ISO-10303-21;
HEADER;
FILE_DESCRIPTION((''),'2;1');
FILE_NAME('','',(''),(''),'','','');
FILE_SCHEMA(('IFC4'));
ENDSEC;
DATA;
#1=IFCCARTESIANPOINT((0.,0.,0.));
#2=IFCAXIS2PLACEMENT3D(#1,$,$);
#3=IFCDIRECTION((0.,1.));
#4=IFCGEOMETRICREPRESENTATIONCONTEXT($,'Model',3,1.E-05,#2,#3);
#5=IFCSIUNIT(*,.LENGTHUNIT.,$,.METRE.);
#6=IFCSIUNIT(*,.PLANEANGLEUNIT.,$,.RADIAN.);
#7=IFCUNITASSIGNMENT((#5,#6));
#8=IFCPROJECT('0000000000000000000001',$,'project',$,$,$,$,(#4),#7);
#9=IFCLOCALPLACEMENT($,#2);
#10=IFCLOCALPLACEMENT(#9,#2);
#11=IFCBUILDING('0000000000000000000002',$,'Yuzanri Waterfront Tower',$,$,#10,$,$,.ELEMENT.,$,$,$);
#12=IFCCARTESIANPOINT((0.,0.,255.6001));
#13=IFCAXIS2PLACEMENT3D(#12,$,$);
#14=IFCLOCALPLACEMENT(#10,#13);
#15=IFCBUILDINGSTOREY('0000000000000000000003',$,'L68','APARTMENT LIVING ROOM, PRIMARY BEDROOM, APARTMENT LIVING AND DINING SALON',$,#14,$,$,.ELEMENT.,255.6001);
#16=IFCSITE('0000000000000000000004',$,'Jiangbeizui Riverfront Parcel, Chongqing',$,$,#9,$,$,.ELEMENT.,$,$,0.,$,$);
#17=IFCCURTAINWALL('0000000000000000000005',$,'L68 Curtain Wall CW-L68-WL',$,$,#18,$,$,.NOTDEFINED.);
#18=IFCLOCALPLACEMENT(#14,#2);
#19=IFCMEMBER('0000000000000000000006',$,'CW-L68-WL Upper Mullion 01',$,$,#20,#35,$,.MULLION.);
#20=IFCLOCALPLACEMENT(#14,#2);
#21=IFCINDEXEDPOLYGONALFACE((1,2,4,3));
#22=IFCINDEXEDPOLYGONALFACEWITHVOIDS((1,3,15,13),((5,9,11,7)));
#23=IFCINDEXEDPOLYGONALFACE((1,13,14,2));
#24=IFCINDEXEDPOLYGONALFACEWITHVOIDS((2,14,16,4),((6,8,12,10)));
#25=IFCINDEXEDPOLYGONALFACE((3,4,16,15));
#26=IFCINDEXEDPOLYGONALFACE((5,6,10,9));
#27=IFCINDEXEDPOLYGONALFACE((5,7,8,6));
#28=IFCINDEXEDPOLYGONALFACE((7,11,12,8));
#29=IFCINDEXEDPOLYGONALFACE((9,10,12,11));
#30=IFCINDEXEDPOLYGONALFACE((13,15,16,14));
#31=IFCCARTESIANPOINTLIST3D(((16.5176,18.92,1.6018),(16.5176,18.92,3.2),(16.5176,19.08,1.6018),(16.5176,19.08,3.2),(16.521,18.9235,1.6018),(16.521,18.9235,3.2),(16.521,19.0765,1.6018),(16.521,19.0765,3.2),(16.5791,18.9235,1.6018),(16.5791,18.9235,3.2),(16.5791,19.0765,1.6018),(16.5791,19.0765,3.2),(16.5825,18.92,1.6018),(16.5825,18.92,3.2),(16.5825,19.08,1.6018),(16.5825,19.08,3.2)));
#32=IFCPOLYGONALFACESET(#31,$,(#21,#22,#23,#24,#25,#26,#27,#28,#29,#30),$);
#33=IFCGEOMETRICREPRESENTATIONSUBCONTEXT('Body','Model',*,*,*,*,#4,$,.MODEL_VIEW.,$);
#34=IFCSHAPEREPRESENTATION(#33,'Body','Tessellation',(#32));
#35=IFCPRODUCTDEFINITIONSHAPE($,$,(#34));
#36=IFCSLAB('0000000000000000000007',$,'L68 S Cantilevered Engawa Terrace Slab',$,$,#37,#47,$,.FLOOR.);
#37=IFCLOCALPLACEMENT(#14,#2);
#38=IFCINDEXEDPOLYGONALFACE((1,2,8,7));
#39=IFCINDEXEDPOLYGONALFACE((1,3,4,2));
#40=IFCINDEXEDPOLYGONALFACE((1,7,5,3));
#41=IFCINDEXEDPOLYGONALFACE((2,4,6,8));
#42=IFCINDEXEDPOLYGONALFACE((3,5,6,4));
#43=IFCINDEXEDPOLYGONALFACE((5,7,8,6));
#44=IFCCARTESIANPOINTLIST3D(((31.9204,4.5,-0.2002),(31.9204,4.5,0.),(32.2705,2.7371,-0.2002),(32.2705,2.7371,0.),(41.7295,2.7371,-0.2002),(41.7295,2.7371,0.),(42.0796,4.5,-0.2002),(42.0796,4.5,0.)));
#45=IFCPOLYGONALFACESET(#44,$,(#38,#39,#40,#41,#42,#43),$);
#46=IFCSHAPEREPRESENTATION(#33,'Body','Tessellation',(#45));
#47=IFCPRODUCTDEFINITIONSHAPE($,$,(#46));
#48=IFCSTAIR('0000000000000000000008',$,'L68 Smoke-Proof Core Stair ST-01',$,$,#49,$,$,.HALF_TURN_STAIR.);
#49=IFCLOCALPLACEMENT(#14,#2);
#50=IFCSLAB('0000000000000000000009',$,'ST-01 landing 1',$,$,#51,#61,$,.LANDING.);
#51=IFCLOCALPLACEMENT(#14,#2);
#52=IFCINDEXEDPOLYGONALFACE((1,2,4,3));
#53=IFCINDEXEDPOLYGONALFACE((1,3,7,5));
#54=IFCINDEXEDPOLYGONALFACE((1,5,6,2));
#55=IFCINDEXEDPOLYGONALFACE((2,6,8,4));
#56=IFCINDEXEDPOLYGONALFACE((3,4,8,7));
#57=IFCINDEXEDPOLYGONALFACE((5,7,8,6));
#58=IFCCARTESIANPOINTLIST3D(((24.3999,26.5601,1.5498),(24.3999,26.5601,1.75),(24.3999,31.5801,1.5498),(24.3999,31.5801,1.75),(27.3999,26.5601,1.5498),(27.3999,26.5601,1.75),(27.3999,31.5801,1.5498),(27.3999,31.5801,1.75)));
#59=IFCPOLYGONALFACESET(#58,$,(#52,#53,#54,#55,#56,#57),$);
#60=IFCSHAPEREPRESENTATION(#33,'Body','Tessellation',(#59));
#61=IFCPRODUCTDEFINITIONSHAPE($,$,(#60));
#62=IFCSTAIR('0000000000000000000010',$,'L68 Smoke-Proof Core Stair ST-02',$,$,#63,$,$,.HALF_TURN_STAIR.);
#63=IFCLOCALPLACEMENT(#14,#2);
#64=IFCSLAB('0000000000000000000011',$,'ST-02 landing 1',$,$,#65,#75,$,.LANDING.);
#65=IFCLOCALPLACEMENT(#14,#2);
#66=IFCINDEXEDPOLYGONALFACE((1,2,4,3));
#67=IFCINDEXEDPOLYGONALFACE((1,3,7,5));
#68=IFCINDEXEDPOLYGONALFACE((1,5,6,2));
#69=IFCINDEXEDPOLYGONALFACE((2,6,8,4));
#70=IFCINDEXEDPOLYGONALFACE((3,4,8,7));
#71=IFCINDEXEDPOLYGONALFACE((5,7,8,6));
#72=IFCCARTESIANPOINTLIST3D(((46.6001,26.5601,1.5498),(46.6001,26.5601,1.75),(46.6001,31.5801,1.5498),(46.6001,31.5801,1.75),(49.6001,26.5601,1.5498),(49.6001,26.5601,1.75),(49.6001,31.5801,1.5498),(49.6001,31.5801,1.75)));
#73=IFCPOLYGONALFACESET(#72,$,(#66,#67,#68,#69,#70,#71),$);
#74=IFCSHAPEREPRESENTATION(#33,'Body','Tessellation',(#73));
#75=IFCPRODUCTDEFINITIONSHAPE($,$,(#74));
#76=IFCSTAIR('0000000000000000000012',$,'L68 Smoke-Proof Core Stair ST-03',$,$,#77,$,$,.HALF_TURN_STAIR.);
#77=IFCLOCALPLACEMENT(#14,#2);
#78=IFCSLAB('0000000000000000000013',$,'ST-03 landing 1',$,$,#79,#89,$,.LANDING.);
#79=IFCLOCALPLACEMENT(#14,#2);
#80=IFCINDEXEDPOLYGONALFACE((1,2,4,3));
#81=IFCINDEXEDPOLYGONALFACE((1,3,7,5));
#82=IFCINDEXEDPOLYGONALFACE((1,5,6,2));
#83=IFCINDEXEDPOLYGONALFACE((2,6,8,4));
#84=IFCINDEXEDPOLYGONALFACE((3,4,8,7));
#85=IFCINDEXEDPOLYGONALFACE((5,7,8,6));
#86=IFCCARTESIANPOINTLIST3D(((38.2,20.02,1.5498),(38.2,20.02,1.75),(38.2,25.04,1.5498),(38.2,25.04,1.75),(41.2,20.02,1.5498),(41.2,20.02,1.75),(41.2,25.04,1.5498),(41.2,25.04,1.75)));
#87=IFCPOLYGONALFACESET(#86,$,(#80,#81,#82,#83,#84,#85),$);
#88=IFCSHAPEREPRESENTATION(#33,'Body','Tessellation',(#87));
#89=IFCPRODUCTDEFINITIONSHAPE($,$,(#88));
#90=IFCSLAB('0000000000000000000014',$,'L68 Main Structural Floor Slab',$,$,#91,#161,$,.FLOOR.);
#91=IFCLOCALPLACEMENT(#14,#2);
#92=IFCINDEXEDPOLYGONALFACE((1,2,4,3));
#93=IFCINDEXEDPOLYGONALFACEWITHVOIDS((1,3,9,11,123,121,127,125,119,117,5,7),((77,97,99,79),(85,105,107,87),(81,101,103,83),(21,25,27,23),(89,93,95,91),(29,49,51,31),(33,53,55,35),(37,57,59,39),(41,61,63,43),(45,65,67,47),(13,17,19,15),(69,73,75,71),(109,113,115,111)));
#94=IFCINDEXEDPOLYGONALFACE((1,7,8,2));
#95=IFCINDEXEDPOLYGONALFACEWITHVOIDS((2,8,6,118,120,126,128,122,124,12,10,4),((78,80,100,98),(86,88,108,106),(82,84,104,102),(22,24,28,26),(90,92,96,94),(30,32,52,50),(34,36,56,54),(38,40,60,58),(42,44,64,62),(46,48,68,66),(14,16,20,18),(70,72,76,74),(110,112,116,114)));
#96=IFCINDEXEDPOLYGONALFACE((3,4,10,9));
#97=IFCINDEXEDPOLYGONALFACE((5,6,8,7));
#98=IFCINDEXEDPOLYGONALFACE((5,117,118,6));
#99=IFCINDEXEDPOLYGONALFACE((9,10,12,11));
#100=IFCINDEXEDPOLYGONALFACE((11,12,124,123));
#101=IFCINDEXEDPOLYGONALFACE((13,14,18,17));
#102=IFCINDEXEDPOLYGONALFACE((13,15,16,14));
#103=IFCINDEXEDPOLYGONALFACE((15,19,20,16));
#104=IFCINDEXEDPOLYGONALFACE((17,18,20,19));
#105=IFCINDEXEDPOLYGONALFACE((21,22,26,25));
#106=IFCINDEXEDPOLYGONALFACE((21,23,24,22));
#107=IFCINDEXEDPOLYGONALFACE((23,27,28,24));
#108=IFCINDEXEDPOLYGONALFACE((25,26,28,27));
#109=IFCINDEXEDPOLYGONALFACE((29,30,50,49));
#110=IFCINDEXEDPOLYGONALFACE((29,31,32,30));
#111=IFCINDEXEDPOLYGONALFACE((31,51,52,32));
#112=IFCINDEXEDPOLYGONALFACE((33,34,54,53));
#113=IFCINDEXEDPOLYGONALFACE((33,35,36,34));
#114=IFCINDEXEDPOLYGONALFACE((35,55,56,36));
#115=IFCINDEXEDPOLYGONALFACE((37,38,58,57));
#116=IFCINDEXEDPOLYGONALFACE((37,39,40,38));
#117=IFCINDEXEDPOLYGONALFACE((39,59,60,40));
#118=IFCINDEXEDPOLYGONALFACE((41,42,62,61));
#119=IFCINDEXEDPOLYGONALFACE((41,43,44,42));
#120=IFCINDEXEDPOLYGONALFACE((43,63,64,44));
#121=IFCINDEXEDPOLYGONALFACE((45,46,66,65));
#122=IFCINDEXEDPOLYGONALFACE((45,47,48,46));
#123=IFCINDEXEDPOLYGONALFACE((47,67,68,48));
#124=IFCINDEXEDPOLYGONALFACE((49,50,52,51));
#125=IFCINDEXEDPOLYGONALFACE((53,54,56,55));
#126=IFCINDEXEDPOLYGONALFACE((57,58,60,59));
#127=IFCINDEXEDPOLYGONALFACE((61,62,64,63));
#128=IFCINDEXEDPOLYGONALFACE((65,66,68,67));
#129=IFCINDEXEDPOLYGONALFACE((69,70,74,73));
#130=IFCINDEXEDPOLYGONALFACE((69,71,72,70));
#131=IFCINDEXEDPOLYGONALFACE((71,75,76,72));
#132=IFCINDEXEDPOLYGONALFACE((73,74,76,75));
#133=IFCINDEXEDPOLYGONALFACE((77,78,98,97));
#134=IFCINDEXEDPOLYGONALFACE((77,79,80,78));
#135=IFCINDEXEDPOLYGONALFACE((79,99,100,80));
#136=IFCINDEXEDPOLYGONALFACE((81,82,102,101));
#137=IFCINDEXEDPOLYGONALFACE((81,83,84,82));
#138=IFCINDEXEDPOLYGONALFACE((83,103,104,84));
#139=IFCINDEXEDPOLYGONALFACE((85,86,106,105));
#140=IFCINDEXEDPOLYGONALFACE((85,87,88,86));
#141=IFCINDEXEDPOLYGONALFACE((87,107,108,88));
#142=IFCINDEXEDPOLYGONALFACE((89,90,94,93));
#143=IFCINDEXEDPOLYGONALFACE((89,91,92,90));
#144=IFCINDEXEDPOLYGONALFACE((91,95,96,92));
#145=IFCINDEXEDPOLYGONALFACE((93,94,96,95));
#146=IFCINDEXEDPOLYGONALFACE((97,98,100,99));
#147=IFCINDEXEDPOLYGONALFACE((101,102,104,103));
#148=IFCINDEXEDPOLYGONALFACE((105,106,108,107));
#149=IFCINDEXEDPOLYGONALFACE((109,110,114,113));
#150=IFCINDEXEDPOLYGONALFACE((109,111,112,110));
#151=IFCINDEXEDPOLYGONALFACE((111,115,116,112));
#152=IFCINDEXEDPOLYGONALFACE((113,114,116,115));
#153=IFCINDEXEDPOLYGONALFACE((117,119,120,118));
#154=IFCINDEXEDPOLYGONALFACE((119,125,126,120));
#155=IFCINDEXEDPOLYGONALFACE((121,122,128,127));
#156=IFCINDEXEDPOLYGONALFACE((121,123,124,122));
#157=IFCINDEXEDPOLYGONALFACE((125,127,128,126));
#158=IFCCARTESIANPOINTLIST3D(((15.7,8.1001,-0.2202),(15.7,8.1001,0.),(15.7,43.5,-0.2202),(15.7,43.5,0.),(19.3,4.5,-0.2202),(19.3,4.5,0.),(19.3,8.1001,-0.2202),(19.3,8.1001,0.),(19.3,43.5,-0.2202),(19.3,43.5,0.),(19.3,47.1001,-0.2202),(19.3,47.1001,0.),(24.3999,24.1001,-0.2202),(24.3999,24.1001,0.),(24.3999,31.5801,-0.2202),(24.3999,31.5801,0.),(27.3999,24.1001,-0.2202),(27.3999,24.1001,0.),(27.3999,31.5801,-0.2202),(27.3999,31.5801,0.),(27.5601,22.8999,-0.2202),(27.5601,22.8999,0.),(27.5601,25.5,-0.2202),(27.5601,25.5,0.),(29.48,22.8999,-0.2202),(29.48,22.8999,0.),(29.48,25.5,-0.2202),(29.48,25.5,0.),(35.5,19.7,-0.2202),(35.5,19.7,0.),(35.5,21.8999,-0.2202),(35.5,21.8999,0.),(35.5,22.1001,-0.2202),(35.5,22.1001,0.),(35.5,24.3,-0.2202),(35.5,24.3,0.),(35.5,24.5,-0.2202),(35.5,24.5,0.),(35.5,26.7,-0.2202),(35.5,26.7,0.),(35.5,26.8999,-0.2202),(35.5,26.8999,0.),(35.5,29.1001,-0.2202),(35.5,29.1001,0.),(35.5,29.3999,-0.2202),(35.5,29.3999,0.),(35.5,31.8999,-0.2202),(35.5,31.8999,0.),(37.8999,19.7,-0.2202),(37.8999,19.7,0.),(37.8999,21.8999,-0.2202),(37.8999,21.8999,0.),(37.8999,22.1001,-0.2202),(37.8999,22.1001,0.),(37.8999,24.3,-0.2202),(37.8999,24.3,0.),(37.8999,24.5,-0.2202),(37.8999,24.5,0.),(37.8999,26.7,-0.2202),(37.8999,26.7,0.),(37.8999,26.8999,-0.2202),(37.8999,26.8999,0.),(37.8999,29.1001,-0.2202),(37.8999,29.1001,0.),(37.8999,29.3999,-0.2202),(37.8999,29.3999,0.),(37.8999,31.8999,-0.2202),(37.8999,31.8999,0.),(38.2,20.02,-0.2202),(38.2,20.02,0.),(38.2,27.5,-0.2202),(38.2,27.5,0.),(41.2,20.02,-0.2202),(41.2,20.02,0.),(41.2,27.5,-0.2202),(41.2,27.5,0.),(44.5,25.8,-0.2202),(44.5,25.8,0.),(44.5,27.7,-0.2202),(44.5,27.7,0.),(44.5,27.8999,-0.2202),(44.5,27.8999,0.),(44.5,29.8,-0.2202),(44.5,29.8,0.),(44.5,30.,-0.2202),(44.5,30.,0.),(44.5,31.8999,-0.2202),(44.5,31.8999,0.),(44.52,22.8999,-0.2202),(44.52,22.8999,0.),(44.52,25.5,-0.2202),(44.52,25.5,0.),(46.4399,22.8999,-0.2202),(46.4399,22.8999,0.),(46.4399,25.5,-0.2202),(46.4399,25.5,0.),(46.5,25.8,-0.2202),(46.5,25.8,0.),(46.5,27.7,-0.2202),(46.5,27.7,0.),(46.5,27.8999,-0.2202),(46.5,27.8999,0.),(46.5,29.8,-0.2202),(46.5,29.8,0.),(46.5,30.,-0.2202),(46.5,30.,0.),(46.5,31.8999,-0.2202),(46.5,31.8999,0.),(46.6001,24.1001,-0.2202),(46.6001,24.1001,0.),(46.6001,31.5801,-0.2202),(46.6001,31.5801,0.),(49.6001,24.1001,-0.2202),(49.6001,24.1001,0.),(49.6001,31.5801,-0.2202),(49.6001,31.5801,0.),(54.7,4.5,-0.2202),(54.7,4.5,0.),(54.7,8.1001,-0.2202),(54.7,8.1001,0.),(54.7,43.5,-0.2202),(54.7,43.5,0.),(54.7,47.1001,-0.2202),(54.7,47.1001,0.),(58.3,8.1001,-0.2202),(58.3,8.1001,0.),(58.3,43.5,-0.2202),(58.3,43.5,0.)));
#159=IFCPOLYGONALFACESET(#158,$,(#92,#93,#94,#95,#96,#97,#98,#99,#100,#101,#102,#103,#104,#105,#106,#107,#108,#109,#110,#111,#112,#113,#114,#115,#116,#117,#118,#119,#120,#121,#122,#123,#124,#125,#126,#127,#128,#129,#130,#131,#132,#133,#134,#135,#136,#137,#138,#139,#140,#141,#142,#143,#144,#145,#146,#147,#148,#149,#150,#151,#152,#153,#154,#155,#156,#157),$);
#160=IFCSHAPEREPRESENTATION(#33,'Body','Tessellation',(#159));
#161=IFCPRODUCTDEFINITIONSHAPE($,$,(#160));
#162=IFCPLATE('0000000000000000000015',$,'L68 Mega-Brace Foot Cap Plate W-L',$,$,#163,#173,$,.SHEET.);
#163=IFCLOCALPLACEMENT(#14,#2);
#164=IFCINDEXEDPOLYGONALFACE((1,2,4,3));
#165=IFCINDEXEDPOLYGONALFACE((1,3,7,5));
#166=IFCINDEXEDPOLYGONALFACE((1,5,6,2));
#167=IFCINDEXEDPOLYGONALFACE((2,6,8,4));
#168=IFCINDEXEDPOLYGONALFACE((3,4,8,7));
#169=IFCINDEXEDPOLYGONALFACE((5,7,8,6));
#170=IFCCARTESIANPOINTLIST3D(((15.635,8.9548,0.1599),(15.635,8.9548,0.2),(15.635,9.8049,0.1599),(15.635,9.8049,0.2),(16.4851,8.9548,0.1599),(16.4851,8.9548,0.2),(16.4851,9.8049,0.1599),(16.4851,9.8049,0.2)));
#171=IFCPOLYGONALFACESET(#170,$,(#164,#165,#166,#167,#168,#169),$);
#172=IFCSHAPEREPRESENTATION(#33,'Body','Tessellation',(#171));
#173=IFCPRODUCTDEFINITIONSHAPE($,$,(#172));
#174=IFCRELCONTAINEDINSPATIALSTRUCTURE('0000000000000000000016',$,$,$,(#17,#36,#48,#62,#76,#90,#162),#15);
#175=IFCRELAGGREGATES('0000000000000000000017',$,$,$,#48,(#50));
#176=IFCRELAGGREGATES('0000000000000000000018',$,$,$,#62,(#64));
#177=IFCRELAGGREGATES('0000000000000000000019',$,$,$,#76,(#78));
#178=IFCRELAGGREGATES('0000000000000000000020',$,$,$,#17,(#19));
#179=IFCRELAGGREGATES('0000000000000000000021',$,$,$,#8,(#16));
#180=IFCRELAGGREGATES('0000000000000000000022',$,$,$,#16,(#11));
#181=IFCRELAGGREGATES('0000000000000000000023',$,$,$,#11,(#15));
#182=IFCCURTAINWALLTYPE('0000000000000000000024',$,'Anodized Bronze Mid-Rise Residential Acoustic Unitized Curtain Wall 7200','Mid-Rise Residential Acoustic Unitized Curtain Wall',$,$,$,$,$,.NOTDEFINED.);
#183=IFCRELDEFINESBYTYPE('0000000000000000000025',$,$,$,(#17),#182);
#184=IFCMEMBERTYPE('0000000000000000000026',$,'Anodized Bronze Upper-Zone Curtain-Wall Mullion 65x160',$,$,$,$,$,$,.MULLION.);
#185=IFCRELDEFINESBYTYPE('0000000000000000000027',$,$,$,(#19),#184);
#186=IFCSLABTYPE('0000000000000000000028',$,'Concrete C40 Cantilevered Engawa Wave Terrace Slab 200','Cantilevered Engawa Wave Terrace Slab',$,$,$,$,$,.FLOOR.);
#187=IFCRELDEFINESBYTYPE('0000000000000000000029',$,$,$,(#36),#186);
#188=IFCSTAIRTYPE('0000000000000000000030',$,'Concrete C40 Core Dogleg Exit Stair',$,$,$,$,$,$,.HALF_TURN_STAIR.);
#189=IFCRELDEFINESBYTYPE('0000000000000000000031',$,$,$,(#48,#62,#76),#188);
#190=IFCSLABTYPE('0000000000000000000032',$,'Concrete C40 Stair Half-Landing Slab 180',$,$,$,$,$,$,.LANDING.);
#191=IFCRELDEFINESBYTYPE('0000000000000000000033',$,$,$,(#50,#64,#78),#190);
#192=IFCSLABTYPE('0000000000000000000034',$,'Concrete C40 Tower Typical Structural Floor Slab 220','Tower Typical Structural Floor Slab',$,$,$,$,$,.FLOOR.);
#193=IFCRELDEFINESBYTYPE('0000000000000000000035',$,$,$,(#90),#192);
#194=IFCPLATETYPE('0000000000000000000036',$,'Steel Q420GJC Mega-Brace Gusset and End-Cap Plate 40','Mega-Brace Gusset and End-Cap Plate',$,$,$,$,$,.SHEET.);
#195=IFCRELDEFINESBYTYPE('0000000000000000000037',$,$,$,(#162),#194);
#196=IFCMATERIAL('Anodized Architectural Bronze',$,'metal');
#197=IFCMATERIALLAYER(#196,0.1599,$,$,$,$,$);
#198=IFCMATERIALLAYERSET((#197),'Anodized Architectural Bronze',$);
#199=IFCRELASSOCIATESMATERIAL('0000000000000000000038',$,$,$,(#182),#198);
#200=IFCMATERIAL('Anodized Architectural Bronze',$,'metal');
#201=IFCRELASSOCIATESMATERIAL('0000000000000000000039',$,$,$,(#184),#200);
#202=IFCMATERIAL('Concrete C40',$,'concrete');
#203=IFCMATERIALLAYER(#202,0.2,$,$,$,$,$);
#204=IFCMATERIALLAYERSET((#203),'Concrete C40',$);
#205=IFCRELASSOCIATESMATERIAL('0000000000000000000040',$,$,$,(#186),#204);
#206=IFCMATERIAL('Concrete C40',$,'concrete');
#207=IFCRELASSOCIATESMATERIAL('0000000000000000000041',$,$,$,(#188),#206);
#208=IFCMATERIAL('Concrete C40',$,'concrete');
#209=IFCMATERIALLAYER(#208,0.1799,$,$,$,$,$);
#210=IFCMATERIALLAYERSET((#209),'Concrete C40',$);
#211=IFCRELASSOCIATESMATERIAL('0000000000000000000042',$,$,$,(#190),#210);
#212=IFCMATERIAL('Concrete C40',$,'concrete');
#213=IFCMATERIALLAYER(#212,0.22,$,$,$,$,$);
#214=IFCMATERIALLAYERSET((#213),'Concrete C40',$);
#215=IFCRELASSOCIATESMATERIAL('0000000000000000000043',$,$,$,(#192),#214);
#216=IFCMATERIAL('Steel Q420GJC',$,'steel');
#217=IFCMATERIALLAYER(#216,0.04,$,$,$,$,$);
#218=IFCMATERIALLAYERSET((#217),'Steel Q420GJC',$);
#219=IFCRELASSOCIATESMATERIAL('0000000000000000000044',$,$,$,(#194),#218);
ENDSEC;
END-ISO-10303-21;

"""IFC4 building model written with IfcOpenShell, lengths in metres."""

from ifc_helpers import new_model, si_unit, direction, frame, origin, origin_2d, place, context, subcontext, project, spatial, polyline, rectangle, hollow_rectangle, outline, extrude, source, transform, mapped, material, layer, layer_set, material_profile, profile_set, type_object, element, aggregate, save


model = new_model("IFC4")

# Units and contexts
model_context = context("Model", 3, precision=1e-05, world=origin(), true_north=direction((0.0, 1.0)))
body_context = subcontext(model_context, "Body", "Model", "MODEL_VIEW")
ifc_project = project(units=[si_unit("LENGTHUNIT", "METRE"), si_unit("PLANEANGLEUNIT", "RADIAN")], contexts=[model_context])

# Site, building, storey
site_placement = place(None, origin())
site = spatial("IfcSite", under=ifc_project, at=site_placement, Name="Jiangbeizui Riverfront Parcel, Chongqing", CompositionType="ELEMENT", RefElevation=0.0)
building_placement = place(site_placement, origin())
building = spatial("IfcBuilding", under=site, at=building_placement, Name="Yuzanri Waterfront Tower", CompositionType="ELEMENT")
storey_placement = place(building_placement, frame((0.0, 0.0, 255.6001)))
storey = spatial("IfcBuildingStorey", under=building, at=storey_placement, Name="L68", Description="APARTMENT LIVING ROOM, PRIMARY BEDROOM, APARTMENT LIVING AND DINING SALON", CompositionType="ELEMENT", Elevation=255.6001)

# Curtain wall, member
ifc_material_1 = material(Name="Anodized Architectural Bronze", Category="metal")
ifc_layer_1 = layer(ifc_material_1, 0.1599)
ifc_layer_set_1 = layer_set([ifc_layer_1], Name="Anodized Architectural Bronze")
curtain_wall_type = type_object("IfcCurtainWallType", Name="Anodized Bronze Mid-Rise Residential Acoustic Unitized Curtain Wall 7200", Description="Mid-Rise Residential Acoustic Unitized Curtain Wall", PredefinedType="NOTDEFINED", material=ifc_layer_set_1)
curtain_wall_placement = place(storey_placement, origin())
curtain_wall = element("IfcCurtainWall", 1, at=curtain_wall_placement, inside=storey, type_object=curtain_wall_type, Name="L68 Curtain Wall CW-L68-WL", PredefinedType="NOTDEFINED")
ifc_material_2 = material(Name="Anodized Architectural Bronze", Category="metal")
ifc_material_profile_1 = material_profile(ifc_material_2, hollow_rectangle(XDim=0.0649, YDim=0.1599, WallThickness=0.0034, at=origin_2d()), Name="CWM 65x160")
ifc_profile_set_1 = profile_set([ifc_material_profile_1], Name="Anodized Architectural Bronze")
member_type_1 = type_object("IfcMemberType", Name="Anodized Bronze Upper-Zone Curtain-Wall Mullion 65x160", PredefinedType="MULLION", material=ifc_profile_set_1)
shared_shape_1 = source(origin(), body_context, "Body", "SweptSolid", [
    extrude(hollow_rectangle(XDim=0.0649, YDim=0.1599, WallThickness=0.0034, at=origin_2d()), origin(), (0.0, 0.0, 1.0), 1.5981),
])
member_1_placement = place(storey_placement, frame((16.55, 19.0, 1.6018), z_axis=(0.0, 0.0, 1.0), x_axis=(1.0, 0.0, 0.0)))
member_1 = element("IfcMember", 2, at=member_1_placement, type_object=member_type_1, Name="CW-L68-WL Upper Mullion 01", PredefinedType="MULLION", context=body_context, shape_type="MappedRepresentation", body=[
    mapped(shared_shape_1, transform((0.0, 0.0, 0.0), scale=1.0)),
])

# Slab
ifc_material_3 = material(Name="Concrete C40", Category="concrete")
ifc_layer_2 = layer(ifc_material_3, 0.2)
ifc_layer_set_2 = layer_set([ifc_layer_2], Name="Concrete C40")
slab_type_1 = type_object("IfcSlabType", Name="Concrete C40 Cantilevered Engawa Wave Terrace Slab 200", Description="Cantilevered Engawa Wave Terrace Slab", PredefinedType="FLOOR", material=ifc_layer_set_2)
slab_1_placement = place(storey_placement, frame((0.0, 0.0, -0.2002)))
element("IfcSlab", 3, at=slab_1_placement, inside=storey, type_object=slab_type_1, Name="L68 S Cantilevered Engawa Terrace Slab", PredefinedType="FLOOR", context=body_context, shape_type="SweptSolid", body=[
    extrude(outline(polyline([(31.9204, 4.5), (42.0796, 4.5), (41.7295, 2.7371), (32.2705, 2.7371), (31.9204, 4.5)])), origin(), (0.0, 0.0, 1.0), 0.2002),
])

# Stairs, slabs
ifc_material_4 = material(Name="Concrete C40", Category="concrete")
stair_type = type_object("IfcStairType", Name="Concrete C40 Core Dogleg Exit Stair", PredefinedType="HALF_TURN_STAIR", material=ifc_material_4)
stair_1_placement = place(storey_placement, origin())
stair_1 = element("IfcStair", 4, at=stair_1_placement, inside=storey, type_object=stair_type, Name="L68 Smoke-Proof Core Stair ST-01", PredefinedType="HALF_TURN_STAIR")
ifc_material_5 = material(Name="Concrete C40", Category="concrete")
ifc_layer_3 = layer(ifc_material_5, 0.1799)
ifc_layer_set_3 = layer_set([ifc_layer_3], Name="Concrete C40")
slab_type_2 = type_object("IfcSlabType", Name="Concrete C40 Stair Half-Landing Slab 180", PredefinedType="LANDING", material=ifc_layer_set_3)
slab_2_placement = place(storey_placement, frame((0.0, 0.0, 1.5498)))
slab_2 = element("IfcSlab", 5, at=slab_2_placement, type_object=slab_type_2, Name="ST-01 landing 1", PredefinedType="LANDING", context=body_context, shape_type="SweptSolid", body=[
    extrude(outline(polyline([(27.3999, 26.5601), (27.3999, 31.5801), (24.3999, 31.5801), (24.3999, 26.5601), (27.3999, 26.5601)])), origin(), (0.0, 0.0, 1.0), 0.2002),
])
aggregate(stair_1, [slab_2])
stair_2_placement = place(storey_placement, origin())
stair_2 = element("IfcStair", 6, at=stair_2_placement, inside=storey, type_object=stair_type, Name="L68 Smoke-Proof Core Stair ST-02", PredefinedType="HALF_TURN_STAIR")
slab_3_placement = place(storey_placement, frame((0.0, 0.0, 1.5498)))
slab_3 = element("IfcSlab", 7, at=slab_3_placement, type_object=slab_type_2, Name="ST-02 landing 1", PredefinedType="LANDING", context=body_context, shape_type="SweptSolid", body=[
    extrude(outline(polyline([(49.6001, 26.5601), (49.6001, 31.5801), (46.6001, 31.5801), (46.6001, 26.5601), (49.6001, 26.5601)])), origin(), (0.0, 0.0, 1.0), 0.2002),
])
aggregate(stair_2, [slab_3])
stair_3_placement = place(storey_placement, origin())
stair_3 = element("IfcStair", 8, at=stair_3_placement, inside=storey, type_object=stair_type, Name="L68 Smoke-Proof Core Stair ST-03", PredefinedType="HALF_TURN_STAIR")
slab_4_placement = place(storey_placement, frame((0.0, 0.0, 1.5498)))
slab_4 = element("IfcSlab", 9, at=slab_4_placement, type_object=slab_type_2, Name="ST-03 landing 1", PredefinedType="LANDING", context=body_context, shape_type="SweptSolid", body=[
    extrude(outline(polyline([(38.2, 25.04), (38.2, 20.02), (41.2, 20.02), (41.2, 25.04), (38.2, 25.04)])), origin(), (0.0, 0.0, 1.0), 0.2002),
])
aggregate(stair_3, [slab_4])

# Slab
ifc_material_6 = material(Name="Concrete C40", Category="concrete")
ifc_layer_4 = layer(ifc_material_6, 0.22)
ifc_layer_set_4 = layer_set([ifc_layer_4], Name="Concrete C40")
slab_type_3 = type_object("IfcSlabType", Name="Concrete C40 Tower Typical Structural Floor Slab 220", Description="Tower Typical Structural Floor Slab", PredefinedType="FLOOR", material=ifc_layer_set_4)
slab_5_placement = place(storey_placement, frame((0.0, 0.0, -0.2202)))
element("IfcSlab", 10, at=slab_5_placement, inside=storey, type_object=slab_type_3, Name="L68 Main Structural Floor Slab", PredefinedType="FLOOR", context=body_context, shape_type="SweptSolid", body=[
    extrude(outline(polyline([(19.3, 4.5), (54.7, 4.5), (54.7, 8.1001), (58.3, 8.1001), (58.3, 43.5), (54.7, 43.5), (54.7, 47.1001), (19.3, 47.1001), (19.3, 43.5), (15.7, 43.5), (15.7, 8.1001), (19.3, 8.1001), (19.3, 4.5)]), holes=[polyline([(27.3999, 24.1001), (27.3999, 31.5801), (24.3999, 31.5801), (24.3999, 24.1001), (27.3999, 24.1001)]), polyline([(49.6001, 24.1001), (49.6001, 31.5801), (46.6001, 31.5801), (46.6001, 24.1001), (49.6001, 24.1001)]), polyline([(38.2, 27.5), (38.2, 20.02), (41.2, 20.02), (41.2, 27.5), (38.2, 27.5)]), polyline([(27.5601, 22.8999), (29.48, 22.8999), (29.48, 25.5), (27.5601, 25.5), (27.5601, 22.8999)]), polyline([(44.52, 22.8999), (46.4399, 22.8999), (46.4399, 25.5), (44.52, 25.5), (44.52, 22.8999)]), polyline([(35.5, 19.7), (37.8999, 19.7), (37.8999, 21.8999), (35.5, 21.8999), (35.5, 19.7)]), polyline([(35.5, 22.1001), (37.8999, 22.1001), (37.8999, 24.3), (35.5, 24.3), (35.5, 22.1001)]), polyline([(35.5, 24.5), (37.8999, 24.5), (37.8999, 26.7), (35.5, 26.7), (35.5, 24.5)]), polyline([(35.5, 26.8999), (37.8999, 26.8999), (37.8999, 29.1001), (35.5, 29.1001), (35.5, 26.8999)]), polyline([(35.5, 29.3999), (37.8999, 29.3999), (37.8999, 31.8999), (35.5, 31.8999), (35.5, 29.3999)]), polyline([(44.5, 25.8), (46.5, 25.8), (46.5, 27.7), (44.5, 27.7), (44.5, 25.8)]), polyline([(44.5, 27.8999), (46.5, 27.8999), (46.5, 29.8), (44.5, 29.8), (44.5, 27.8999)]), polyline([(44.5, 30.0), (46.5, 30.0), (46.5, 31.8999), (44.5, 31.8999), (44.5, 30.0)])]), origin(), (0.0, 0.0, 1.0), 0.2202),
])

# Plate
ifc_material_7 = material(Name="Steel Q420GJC", Category="steel")
ifc_layer_5 = layer(ifc_material_7, 0.04)
ifc_layer_set_5 = layer_set([ifc_layer_5], Name="Steel Q420GJC")
plate_type_1 = type_object("IfcPlateType", Name="Steel Q420GJC Mega-Brace Gusset and End-Cap Plate 40", Description="Mega-Brace Gusset and End-Cap Plate", PredefinedType="SHEET", material=ifc_layer_set_5)
shared_shape_2 = source(origin(), body_context, "Body", "SweptSolid", [
    extrude(rectangle(XDim=0.8501, YDim=0.8501, at=origin_2d()), origin(), (0.0, 0.0, 1.0), 0.04),
])
plate_1_placement = place(storey_placement, frame((16.0601, 9.3799, 0.1599), z_axis=(0.0, 0.0, 1.0), x_axis=(1.0, 0.0, 0.0)))
element("IfcPlate", 11, at=plate_1_placement, inside=storey, type_object=plate_type_1, Name="L68 Mega-Brace Foot Cap Plate W-L", PredefinedType="SHEET", context=body_context, shape_type="MappedRepresentation", body=[
    mapped(shared_shape_2, transform((0.0, 0.0, 0.0), scale=1.0)),
])
aggregate(curtain_wall, [member_1])

save(model, "model.ifc")
